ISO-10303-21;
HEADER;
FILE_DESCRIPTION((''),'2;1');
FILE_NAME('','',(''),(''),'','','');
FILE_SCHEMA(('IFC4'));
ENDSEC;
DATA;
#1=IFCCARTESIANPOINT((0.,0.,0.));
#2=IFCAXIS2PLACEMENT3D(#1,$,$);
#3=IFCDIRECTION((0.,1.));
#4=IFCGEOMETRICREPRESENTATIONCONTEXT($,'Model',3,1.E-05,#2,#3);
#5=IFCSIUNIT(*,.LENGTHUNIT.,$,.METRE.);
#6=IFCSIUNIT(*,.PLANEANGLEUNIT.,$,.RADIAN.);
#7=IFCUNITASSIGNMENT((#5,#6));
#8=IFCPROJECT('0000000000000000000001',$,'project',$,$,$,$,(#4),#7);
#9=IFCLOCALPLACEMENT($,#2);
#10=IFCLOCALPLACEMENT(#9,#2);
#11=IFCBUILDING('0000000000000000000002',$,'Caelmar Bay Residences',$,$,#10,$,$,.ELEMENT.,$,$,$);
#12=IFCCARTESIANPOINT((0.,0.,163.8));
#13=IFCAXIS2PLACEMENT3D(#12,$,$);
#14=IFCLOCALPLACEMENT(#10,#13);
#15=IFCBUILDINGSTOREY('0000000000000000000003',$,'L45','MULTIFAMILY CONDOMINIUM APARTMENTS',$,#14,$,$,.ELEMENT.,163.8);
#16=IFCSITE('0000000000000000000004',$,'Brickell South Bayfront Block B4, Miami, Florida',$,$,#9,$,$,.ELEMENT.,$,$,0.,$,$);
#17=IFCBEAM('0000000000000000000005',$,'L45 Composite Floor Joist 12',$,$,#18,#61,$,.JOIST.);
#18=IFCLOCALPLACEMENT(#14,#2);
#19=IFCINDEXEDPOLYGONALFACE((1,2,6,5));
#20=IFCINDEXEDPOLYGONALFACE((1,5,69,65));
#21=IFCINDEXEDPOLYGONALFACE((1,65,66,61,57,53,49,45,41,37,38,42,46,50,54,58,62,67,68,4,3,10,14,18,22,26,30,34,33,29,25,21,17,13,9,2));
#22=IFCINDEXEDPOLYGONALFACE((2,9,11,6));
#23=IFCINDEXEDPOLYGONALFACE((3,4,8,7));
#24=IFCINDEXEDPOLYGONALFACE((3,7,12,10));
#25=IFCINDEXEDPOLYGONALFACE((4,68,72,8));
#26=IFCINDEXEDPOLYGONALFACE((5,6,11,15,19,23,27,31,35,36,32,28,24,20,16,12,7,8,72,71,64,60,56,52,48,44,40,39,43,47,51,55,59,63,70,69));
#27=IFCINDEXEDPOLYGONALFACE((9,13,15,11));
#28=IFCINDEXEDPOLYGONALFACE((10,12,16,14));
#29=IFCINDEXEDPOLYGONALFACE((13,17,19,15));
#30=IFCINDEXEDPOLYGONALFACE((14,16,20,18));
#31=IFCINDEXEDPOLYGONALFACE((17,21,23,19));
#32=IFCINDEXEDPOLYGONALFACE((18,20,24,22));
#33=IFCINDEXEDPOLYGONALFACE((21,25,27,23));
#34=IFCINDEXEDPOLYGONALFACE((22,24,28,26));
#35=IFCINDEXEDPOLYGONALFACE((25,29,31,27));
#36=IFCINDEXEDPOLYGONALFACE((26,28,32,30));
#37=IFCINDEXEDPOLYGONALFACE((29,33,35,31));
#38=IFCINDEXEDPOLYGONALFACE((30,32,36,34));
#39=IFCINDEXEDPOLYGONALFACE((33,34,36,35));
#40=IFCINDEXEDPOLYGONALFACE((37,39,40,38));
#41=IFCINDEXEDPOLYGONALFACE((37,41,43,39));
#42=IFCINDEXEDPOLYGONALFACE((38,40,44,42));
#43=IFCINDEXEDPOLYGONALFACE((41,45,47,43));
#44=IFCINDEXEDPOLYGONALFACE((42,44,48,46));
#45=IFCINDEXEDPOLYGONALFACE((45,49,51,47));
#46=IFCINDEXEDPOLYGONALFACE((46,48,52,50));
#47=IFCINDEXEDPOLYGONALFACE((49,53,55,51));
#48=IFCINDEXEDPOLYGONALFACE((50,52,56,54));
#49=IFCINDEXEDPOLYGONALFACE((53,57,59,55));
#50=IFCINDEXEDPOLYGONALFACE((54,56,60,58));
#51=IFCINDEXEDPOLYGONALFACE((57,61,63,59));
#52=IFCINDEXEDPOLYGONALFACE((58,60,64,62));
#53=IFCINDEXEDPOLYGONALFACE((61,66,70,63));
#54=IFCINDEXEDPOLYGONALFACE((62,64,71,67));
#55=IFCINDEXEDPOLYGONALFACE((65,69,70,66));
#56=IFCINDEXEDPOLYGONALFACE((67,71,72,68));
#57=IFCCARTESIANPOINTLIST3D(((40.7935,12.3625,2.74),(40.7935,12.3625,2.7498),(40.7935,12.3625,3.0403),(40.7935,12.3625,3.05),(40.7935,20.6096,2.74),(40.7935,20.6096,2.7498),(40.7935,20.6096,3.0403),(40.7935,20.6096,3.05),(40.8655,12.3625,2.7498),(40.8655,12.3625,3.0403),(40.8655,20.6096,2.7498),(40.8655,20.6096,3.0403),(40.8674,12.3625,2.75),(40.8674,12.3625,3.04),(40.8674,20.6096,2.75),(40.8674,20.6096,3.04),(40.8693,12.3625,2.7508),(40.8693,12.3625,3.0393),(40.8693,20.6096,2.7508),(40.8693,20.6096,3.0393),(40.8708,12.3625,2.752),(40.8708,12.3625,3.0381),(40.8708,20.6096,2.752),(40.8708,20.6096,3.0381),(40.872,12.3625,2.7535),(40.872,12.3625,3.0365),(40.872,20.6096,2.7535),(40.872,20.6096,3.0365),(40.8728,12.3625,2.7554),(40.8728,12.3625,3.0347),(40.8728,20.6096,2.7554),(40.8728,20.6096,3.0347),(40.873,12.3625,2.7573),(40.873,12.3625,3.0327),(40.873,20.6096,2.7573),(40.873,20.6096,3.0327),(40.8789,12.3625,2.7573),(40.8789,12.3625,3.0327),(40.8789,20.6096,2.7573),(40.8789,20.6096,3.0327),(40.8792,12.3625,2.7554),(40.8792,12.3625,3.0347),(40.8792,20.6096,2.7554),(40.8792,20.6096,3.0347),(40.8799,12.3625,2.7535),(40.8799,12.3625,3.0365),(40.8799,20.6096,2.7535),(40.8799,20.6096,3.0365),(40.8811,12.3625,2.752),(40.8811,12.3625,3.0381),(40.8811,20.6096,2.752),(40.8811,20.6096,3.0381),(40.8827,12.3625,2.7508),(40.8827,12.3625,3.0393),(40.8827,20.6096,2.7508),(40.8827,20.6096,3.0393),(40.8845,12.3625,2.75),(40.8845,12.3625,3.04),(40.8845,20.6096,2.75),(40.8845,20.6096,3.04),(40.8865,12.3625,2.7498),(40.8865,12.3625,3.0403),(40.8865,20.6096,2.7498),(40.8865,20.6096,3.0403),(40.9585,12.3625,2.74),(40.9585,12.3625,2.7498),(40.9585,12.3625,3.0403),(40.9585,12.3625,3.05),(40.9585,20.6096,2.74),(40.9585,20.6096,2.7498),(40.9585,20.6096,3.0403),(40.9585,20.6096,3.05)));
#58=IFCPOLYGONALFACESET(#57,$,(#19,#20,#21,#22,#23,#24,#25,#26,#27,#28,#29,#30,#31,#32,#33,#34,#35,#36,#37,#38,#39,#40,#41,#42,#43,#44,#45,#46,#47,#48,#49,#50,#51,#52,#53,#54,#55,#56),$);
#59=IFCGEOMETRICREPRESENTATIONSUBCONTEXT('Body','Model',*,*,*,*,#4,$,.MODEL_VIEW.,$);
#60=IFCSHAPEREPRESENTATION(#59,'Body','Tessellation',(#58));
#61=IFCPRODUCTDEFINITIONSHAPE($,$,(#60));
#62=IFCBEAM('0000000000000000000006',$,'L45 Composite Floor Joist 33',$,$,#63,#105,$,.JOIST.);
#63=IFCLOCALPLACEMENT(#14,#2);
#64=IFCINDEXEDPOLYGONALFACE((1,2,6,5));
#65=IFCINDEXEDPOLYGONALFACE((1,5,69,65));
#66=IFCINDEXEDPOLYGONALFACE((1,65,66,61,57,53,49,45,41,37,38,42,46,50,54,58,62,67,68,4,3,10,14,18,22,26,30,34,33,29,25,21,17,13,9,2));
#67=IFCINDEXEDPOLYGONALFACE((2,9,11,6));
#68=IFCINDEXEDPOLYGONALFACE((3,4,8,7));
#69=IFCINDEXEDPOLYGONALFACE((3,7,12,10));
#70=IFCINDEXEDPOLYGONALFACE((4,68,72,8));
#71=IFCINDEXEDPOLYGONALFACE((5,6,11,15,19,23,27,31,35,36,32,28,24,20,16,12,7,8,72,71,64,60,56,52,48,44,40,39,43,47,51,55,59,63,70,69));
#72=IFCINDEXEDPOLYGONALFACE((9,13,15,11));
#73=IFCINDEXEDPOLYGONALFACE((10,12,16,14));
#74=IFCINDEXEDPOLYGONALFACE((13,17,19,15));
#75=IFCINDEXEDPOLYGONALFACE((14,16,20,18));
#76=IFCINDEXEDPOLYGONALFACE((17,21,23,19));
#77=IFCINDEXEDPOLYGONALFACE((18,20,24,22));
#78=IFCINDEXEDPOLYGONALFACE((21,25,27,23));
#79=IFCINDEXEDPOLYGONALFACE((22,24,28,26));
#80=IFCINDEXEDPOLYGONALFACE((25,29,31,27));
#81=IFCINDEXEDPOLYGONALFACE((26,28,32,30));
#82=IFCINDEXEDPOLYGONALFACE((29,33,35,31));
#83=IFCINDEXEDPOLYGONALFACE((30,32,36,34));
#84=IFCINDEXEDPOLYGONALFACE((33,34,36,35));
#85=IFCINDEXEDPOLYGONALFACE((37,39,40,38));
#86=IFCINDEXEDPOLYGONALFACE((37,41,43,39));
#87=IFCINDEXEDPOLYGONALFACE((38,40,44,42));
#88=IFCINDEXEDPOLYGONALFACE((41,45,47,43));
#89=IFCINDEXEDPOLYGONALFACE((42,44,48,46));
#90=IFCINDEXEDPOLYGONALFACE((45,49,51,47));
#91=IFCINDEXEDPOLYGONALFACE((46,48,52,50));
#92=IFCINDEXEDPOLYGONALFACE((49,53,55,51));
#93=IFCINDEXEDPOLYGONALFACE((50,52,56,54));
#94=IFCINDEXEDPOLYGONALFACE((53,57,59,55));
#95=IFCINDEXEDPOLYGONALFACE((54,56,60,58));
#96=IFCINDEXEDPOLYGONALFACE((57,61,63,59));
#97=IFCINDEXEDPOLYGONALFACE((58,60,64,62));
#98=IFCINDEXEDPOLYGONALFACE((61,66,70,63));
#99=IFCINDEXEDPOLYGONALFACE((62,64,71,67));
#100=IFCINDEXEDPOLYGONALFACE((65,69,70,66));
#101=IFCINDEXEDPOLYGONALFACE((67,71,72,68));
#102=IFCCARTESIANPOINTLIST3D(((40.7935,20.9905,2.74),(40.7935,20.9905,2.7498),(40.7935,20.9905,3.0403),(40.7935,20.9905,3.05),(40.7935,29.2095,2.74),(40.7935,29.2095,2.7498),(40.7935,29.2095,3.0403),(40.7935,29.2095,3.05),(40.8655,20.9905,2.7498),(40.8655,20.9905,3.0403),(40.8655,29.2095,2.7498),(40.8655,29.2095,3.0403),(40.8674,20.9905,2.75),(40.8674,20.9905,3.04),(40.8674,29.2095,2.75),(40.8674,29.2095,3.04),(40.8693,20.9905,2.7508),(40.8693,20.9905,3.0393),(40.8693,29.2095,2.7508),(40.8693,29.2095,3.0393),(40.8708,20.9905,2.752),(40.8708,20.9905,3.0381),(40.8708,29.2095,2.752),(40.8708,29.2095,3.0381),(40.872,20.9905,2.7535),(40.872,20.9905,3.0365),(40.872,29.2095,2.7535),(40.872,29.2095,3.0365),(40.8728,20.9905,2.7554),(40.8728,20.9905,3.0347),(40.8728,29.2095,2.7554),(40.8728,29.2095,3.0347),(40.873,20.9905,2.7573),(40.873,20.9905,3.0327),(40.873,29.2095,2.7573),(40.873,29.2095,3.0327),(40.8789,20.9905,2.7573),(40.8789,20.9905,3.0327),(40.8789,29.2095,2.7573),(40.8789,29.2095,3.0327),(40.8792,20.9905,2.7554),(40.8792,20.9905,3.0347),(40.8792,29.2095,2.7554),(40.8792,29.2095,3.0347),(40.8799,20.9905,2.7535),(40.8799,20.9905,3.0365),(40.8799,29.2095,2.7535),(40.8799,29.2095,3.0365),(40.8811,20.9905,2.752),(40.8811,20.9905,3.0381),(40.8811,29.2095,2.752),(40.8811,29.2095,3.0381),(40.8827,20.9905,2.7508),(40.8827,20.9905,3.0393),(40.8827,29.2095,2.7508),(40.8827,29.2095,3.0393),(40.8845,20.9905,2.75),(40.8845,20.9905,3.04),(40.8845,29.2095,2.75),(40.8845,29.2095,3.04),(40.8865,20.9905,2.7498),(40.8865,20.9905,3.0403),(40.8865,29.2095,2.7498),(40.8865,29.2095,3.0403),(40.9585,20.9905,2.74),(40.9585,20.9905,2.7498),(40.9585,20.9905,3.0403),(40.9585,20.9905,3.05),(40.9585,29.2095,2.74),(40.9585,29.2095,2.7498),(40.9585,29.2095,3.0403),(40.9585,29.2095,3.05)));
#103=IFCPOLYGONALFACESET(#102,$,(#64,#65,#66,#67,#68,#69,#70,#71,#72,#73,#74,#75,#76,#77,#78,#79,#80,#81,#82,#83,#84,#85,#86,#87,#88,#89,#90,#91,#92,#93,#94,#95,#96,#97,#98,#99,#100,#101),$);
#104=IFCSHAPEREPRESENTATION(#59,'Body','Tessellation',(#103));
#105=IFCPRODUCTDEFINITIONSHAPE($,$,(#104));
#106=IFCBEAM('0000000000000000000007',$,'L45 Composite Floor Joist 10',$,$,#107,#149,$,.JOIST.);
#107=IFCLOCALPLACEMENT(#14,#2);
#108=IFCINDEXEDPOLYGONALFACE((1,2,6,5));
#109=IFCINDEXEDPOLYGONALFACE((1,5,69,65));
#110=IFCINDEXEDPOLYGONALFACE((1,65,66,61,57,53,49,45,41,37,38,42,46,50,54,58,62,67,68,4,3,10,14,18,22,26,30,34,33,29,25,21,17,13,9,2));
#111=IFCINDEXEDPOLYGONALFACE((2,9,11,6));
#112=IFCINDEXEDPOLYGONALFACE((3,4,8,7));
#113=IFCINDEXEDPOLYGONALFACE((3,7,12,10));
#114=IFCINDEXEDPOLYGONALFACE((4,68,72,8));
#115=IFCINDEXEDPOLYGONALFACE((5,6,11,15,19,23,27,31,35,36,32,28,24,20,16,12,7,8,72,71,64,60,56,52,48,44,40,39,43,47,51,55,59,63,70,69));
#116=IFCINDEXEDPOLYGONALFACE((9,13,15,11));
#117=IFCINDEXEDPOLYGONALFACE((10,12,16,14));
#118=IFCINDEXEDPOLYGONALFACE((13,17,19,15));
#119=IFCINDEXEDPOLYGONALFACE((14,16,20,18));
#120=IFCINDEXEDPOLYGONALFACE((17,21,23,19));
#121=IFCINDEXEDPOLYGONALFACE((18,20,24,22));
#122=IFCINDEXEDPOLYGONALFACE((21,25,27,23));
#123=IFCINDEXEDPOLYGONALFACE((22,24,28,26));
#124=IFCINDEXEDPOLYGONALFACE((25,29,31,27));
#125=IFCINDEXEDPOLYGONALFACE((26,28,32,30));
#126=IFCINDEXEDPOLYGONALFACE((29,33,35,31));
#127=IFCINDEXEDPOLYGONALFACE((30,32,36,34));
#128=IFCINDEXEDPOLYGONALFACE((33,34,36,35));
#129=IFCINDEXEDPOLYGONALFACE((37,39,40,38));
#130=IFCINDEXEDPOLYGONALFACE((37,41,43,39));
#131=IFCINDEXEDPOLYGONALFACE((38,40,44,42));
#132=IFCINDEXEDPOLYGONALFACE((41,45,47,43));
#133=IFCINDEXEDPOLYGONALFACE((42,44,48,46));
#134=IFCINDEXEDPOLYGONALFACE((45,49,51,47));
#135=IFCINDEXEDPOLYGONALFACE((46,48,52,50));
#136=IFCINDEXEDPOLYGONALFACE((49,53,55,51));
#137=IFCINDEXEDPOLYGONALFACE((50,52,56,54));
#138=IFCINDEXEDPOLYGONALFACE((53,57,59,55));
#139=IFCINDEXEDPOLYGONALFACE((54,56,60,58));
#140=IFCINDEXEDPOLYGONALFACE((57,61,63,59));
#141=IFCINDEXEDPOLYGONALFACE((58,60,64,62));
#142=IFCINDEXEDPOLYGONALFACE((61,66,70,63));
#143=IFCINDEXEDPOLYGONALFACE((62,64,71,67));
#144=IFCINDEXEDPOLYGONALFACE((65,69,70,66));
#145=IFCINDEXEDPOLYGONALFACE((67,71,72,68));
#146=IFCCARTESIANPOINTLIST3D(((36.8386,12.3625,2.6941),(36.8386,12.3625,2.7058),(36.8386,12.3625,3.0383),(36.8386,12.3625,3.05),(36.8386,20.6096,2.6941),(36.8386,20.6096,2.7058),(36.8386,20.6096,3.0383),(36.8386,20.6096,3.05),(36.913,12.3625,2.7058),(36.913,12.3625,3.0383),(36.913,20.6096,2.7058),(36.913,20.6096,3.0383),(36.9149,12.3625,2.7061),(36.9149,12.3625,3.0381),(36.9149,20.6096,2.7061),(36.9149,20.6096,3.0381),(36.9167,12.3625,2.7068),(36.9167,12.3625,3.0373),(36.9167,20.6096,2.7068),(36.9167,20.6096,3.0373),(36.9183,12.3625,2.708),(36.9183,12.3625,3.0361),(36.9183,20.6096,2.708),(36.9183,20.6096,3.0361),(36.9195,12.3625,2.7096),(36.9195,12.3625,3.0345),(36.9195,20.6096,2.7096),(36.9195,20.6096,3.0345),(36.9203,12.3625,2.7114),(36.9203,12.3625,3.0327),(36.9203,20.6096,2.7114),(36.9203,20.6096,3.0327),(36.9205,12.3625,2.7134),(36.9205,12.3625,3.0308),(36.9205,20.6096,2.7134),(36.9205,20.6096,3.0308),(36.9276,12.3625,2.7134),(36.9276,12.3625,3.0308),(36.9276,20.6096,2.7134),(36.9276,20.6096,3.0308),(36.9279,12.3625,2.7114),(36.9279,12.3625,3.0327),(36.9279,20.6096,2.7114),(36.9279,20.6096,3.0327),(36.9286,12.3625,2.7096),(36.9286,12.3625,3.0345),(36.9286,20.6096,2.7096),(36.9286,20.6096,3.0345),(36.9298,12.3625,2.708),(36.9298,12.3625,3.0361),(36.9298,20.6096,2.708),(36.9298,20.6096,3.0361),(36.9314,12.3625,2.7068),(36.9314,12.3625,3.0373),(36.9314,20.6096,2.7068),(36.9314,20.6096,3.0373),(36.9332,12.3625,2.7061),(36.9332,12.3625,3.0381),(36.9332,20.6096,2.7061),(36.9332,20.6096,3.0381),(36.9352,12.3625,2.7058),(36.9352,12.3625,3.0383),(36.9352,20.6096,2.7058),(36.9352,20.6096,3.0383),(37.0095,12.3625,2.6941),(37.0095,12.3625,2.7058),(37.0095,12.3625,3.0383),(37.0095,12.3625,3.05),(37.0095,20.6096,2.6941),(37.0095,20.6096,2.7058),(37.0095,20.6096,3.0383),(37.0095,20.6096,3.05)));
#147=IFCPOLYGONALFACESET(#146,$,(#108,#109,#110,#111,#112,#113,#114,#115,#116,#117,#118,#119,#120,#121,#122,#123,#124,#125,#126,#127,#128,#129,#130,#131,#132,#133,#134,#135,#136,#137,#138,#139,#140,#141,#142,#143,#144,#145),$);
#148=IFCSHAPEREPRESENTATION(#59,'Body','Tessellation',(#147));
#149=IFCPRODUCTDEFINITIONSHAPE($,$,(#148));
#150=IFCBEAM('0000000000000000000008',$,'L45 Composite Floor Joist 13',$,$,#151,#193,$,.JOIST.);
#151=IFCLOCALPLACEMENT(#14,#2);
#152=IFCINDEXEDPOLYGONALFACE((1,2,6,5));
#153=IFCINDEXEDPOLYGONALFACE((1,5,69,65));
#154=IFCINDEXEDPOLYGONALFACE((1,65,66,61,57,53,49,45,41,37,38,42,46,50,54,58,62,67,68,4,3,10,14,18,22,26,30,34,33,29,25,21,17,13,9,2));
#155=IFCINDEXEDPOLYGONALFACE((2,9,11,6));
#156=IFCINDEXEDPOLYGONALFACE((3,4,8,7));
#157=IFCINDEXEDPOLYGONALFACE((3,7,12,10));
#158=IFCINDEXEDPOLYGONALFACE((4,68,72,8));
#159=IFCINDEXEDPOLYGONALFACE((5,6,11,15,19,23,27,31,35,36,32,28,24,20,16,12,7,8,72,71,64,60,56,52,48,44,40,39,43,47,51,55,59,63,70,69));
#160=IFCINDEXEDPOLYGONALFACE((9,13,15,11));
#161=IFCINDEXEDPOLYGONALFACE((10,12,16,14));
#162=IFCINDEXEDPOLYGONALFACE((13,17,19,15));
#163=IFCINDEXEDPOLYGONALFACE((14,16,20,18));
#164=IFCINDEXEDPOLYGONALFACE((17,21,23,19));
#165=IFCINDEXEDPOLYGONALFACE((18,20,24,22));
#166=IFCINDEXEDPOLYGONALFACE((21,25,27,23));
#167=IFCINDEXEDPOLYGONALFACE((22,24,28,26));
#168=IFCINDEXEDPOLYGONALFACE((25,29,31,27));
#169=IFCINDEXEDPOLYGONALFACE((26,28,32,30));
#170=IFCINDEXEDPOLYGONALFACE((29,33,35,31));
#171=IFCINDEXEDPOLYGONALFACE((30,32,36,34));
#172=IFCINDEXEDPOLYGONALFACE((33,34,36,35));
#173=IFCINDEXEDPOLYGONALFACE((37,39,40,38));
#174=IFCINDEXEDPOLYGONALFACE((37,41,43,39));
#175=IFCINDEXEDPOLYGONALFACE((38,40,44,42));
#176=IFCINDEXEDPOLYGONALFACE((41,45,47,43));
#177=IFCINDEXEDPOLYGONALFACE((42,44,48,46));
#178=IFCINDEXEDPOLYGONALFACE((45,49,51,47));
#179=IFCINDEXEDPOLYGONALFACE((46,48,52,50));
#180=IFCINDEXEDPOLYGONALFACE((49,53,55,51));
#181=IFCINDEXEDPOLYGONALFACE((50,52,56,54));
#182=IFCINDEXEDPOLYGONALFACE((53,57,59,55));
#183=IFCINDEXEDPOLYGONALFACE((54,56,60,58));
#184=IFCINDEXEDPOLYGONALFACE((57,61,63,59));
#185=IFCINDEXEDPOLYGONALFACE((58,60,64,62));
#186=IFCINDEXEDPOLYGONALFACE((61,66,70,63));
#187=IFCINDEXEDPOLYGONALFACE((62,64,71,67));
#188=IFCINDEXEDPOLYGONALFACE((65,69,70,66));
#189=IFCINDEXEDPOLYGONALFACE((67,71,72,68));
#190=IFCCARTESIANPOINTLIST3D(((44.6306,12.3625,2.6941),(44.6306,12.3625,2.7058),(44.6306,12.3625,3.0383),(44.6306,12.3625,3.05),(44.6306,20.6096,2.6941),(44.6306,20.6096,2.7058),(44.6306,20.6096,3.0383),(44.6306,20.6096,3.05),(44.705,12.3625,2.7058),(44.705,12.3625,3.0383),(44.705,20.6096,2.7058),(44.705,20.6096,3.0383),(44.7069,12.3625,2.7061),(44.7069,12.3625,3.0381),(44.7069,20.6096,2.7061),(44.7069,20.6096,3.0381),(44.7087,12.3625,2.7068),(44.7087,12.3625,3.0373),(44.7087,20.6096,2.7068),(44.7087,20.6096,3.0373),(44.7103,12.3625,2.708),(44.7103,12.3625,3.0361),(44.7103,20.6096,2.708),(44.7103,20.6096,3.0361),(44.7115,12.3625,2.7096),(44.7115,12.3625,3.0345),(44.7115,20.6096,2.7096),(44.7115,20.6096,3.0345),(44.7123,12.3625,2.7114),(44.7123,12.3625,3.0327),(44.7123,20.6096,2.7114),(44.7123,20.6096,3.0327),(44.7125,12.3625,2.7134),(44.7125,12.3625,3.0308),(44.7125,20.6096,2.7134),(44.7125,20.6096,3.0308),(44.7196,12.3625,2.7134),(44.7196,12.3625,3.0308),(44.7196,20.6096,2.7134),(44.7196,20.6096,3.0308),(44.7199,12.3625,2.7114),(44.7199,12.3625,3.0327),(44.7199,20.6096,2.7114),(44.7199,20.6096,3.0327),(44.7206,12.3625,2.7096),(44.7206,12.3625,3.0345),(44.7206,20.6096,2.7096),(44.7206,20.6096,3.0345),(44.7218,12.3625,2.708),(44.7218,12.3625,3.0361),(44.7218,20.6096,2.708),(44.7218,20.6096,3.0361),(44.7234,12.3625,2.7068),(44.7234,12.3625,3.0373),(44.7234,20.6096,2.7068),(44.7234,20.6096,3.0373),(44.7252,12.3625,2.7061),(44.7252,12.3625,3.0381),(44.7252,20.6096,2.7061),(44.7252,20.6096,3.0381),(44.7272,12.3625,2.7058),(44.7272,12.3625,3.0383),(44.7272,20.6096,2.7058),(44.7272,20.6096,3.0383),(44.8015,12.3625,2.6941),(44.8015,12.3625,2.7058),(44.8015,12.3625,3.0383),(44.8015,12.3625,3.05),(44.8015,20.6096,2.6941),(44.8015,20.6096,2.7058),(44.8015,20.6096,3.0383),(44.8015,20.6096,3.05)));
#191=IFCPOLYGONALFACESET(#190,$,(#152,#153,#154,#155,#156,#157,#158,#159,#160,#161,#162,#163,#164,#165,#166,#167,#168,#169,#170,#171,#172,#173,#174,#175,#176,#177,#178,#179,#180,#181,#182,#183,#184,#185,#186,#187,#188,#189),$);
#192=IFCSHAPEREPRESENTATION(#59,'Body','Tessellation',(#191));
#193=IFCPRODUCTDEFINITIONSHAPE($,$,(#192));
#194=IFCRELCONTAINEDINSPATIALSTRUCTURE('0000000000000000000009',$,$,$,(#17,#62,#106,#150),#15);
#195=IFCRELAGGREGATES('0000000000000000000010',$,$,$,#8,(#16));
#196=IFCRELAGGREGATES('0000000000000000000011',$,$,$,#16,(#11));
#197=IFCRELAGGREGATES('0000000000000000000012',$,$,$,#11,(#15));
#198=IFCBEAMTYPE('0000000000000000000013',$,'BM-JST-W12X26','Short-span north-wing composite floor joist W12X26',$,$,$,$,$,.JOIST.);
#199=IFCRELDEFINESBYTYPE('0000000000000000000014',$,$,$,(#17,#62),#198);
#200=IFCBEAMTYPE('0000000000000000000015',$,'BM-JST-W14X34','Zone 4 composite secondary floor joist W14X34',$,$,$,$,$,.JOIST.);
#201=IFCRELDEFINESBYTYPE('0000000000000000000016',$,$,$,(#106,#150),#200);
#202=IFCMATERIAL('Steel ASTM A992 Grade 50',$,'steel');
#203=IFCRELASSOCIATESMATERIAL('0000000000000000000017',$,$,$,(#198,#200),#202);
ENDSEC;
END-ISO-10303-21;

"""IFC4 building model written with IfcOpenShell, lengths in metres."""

from ifc_helpers import new_model, si_unit, direction, frame, origin, origin_2d, place, context, subcontext, project, spatial, i_section, extrude, material, material_profile, profile_set, type_object, element, save


model = new_model("IFC4")

# Units and contexts
model_context = context("Model", 3, precision=1e-05, world=origin(), true_north=direction((0.0, 1.0)))
body_context = subcontext(model_context, "Body", "Model", "MODEL_VIEW")
ifc_project = project(units=[si_unit("LENGTHUNIT", "METRE"), si_unit("PLANEANGLEUNIT", "RADIAN")], contexts=[model_context])

# Site, building, storey
site_placement = place(None, origin())
site = spatial("IfcSite", under=ifc_project, at=site_placement, Name="Brickell South Bayfront Block B4, Miami, Florida", CompositionType="ELEMENT", RefElevation=0.0)
building_placement = place(site_placement, origin())
building = spatial("IfcBuilding", under=site, at=building_placement, Name="Caelmar Bay Residences", CompositionType="ELEMENT")
storey_placement = place(building_placement, frame((0.0, 0.0, 163.8)))
storey = spatial("IfcBuildingStorey", under=building, at=storey_placement, Name="L45", Description="MULTIFAMILY CONDOMINIUM APARTMENTS", CompositionType="ELEMENT", Elevation=163.8)

# Beams
ifc_material_1 = material(Name="Steel ASTM A992 Grade 50", Category="steel")
ifc_material_profile_1 = material_profile(ifc_material_1, i_section(OverallWidth=0.165, OverallDepth=0.3101, WebThickness=0.0059, FlangeThickness=0.0098, FilletRadius=0.0076, at=origin_2d()), Name="W12X26")
ifc_profile_set_1 = profile_set([ifc_material_profile_1], Name="Steel ASTM A992 Grade 50")
beam_type_1 = type_object("IfcBeamType", Name="BM-JST-W12X26", Description="Short-span north-wing composite floor joist W12X26", PredefinedType="JOIST", material=ifc_profile_set_1)
beam_1_placement = place(storey_placement, frame((40.876, 12.3625, 2.895), z_axis=(0.0, 1.0, 0.0), x_axis=(-1.0, 0.0, 0.0)))
element("IfcBeam", 1, at=beam_1_placement, inside=storey, type_object=beam_type_1, Name="L45 Composite Floor Joist 12", PredefinedType="JOIST", context=body_context, shape_type="SweptSolid", body=[
    extrude(i_section(OverallWidth=0.165, OverallDepth=0.3101, WebThickness=0.0059, FlangeThickness=0.0098, FilletRadius=0.0076, at=origin_2d()), origin(), (0.0, 0.0, 1.0), 8.2471),
])
beam_2_placement = place(storey_placement, frame((40.876, 20.9905, 2.895), z_axis=(0.0, 1.0, 0.0), x_axis=(-1.0, 0.0, 0.0)))
element("IfcBeam", 2, at=beam_2_placement, inside=storey, type_object=beam_type_1, Name="L45 Composite Floor Joist 33", PredefinedType="JOIST", context=body_context, shape_type="SweptSolid", body=[
    extrude(i_section(OverallWidth=0.165, OverallDepth=0.3101, WebThickness=0.0059, FlangeThickness=0.0098, FilletRadius=0.0076, at=origin_2d()), origin(), (0.0, 0.0, 1.0), 8.219),
])
ifc_material_profile_2 = material_profile(ifc_material_1, i_section(OverallWidth=0.1709, OverallDepth=0.356, WebThickness=0.0071, FlangeThickness=0.0117, FilletRadius=0.0076, at=origin_2d()), Name="W14X34")
ifc_profile_set_2 = profile_set([ifc_material_profile_2], Name="Steel ASTM A992 Grade 50")
beam_type_2 = type_object("IfcBeamType", Name="BM-JST-W14X34", Description="Zone 4 composite secondary floor joist W14X34", PredefinedType="JOIST", material=ifc_profile_set_2)
for number, where, z_axis, x_axis, name in (
    (3, (36.9241, 12.3625, 2.8721), (0.0, 1.0, 0.0), (-1.0, 0.0, 0.0), "L45 Composite Floor Joist 10"),
    (4, (44.7161, 12.3625, 2.8721), (0.0, 1.0, 0.0), (-1.0, 0.0, 0.0), "L45 Composite Floor Joist 13"),
):
    element("IfcBeam", number, at=place(storey_placement, frame(where, z_axis=z_axis, x_axis=x_axis)), inside=storey, type_object=beam_type_2, Name=name, PredefinedType="JOIST", context=body_context, shape_type="SweptSolid", body=[
        extrude(i_section(OverallWidth=0.1709, OverallDepth=0.356, WebThickness=0.0071, FlangeThickness=0.0117, FilletRadius=0.0076, at=origin_2d()), origin(), (0.0, 0.0, 1.0), 8.2471),
    ])

save(model, "model.ifc")
